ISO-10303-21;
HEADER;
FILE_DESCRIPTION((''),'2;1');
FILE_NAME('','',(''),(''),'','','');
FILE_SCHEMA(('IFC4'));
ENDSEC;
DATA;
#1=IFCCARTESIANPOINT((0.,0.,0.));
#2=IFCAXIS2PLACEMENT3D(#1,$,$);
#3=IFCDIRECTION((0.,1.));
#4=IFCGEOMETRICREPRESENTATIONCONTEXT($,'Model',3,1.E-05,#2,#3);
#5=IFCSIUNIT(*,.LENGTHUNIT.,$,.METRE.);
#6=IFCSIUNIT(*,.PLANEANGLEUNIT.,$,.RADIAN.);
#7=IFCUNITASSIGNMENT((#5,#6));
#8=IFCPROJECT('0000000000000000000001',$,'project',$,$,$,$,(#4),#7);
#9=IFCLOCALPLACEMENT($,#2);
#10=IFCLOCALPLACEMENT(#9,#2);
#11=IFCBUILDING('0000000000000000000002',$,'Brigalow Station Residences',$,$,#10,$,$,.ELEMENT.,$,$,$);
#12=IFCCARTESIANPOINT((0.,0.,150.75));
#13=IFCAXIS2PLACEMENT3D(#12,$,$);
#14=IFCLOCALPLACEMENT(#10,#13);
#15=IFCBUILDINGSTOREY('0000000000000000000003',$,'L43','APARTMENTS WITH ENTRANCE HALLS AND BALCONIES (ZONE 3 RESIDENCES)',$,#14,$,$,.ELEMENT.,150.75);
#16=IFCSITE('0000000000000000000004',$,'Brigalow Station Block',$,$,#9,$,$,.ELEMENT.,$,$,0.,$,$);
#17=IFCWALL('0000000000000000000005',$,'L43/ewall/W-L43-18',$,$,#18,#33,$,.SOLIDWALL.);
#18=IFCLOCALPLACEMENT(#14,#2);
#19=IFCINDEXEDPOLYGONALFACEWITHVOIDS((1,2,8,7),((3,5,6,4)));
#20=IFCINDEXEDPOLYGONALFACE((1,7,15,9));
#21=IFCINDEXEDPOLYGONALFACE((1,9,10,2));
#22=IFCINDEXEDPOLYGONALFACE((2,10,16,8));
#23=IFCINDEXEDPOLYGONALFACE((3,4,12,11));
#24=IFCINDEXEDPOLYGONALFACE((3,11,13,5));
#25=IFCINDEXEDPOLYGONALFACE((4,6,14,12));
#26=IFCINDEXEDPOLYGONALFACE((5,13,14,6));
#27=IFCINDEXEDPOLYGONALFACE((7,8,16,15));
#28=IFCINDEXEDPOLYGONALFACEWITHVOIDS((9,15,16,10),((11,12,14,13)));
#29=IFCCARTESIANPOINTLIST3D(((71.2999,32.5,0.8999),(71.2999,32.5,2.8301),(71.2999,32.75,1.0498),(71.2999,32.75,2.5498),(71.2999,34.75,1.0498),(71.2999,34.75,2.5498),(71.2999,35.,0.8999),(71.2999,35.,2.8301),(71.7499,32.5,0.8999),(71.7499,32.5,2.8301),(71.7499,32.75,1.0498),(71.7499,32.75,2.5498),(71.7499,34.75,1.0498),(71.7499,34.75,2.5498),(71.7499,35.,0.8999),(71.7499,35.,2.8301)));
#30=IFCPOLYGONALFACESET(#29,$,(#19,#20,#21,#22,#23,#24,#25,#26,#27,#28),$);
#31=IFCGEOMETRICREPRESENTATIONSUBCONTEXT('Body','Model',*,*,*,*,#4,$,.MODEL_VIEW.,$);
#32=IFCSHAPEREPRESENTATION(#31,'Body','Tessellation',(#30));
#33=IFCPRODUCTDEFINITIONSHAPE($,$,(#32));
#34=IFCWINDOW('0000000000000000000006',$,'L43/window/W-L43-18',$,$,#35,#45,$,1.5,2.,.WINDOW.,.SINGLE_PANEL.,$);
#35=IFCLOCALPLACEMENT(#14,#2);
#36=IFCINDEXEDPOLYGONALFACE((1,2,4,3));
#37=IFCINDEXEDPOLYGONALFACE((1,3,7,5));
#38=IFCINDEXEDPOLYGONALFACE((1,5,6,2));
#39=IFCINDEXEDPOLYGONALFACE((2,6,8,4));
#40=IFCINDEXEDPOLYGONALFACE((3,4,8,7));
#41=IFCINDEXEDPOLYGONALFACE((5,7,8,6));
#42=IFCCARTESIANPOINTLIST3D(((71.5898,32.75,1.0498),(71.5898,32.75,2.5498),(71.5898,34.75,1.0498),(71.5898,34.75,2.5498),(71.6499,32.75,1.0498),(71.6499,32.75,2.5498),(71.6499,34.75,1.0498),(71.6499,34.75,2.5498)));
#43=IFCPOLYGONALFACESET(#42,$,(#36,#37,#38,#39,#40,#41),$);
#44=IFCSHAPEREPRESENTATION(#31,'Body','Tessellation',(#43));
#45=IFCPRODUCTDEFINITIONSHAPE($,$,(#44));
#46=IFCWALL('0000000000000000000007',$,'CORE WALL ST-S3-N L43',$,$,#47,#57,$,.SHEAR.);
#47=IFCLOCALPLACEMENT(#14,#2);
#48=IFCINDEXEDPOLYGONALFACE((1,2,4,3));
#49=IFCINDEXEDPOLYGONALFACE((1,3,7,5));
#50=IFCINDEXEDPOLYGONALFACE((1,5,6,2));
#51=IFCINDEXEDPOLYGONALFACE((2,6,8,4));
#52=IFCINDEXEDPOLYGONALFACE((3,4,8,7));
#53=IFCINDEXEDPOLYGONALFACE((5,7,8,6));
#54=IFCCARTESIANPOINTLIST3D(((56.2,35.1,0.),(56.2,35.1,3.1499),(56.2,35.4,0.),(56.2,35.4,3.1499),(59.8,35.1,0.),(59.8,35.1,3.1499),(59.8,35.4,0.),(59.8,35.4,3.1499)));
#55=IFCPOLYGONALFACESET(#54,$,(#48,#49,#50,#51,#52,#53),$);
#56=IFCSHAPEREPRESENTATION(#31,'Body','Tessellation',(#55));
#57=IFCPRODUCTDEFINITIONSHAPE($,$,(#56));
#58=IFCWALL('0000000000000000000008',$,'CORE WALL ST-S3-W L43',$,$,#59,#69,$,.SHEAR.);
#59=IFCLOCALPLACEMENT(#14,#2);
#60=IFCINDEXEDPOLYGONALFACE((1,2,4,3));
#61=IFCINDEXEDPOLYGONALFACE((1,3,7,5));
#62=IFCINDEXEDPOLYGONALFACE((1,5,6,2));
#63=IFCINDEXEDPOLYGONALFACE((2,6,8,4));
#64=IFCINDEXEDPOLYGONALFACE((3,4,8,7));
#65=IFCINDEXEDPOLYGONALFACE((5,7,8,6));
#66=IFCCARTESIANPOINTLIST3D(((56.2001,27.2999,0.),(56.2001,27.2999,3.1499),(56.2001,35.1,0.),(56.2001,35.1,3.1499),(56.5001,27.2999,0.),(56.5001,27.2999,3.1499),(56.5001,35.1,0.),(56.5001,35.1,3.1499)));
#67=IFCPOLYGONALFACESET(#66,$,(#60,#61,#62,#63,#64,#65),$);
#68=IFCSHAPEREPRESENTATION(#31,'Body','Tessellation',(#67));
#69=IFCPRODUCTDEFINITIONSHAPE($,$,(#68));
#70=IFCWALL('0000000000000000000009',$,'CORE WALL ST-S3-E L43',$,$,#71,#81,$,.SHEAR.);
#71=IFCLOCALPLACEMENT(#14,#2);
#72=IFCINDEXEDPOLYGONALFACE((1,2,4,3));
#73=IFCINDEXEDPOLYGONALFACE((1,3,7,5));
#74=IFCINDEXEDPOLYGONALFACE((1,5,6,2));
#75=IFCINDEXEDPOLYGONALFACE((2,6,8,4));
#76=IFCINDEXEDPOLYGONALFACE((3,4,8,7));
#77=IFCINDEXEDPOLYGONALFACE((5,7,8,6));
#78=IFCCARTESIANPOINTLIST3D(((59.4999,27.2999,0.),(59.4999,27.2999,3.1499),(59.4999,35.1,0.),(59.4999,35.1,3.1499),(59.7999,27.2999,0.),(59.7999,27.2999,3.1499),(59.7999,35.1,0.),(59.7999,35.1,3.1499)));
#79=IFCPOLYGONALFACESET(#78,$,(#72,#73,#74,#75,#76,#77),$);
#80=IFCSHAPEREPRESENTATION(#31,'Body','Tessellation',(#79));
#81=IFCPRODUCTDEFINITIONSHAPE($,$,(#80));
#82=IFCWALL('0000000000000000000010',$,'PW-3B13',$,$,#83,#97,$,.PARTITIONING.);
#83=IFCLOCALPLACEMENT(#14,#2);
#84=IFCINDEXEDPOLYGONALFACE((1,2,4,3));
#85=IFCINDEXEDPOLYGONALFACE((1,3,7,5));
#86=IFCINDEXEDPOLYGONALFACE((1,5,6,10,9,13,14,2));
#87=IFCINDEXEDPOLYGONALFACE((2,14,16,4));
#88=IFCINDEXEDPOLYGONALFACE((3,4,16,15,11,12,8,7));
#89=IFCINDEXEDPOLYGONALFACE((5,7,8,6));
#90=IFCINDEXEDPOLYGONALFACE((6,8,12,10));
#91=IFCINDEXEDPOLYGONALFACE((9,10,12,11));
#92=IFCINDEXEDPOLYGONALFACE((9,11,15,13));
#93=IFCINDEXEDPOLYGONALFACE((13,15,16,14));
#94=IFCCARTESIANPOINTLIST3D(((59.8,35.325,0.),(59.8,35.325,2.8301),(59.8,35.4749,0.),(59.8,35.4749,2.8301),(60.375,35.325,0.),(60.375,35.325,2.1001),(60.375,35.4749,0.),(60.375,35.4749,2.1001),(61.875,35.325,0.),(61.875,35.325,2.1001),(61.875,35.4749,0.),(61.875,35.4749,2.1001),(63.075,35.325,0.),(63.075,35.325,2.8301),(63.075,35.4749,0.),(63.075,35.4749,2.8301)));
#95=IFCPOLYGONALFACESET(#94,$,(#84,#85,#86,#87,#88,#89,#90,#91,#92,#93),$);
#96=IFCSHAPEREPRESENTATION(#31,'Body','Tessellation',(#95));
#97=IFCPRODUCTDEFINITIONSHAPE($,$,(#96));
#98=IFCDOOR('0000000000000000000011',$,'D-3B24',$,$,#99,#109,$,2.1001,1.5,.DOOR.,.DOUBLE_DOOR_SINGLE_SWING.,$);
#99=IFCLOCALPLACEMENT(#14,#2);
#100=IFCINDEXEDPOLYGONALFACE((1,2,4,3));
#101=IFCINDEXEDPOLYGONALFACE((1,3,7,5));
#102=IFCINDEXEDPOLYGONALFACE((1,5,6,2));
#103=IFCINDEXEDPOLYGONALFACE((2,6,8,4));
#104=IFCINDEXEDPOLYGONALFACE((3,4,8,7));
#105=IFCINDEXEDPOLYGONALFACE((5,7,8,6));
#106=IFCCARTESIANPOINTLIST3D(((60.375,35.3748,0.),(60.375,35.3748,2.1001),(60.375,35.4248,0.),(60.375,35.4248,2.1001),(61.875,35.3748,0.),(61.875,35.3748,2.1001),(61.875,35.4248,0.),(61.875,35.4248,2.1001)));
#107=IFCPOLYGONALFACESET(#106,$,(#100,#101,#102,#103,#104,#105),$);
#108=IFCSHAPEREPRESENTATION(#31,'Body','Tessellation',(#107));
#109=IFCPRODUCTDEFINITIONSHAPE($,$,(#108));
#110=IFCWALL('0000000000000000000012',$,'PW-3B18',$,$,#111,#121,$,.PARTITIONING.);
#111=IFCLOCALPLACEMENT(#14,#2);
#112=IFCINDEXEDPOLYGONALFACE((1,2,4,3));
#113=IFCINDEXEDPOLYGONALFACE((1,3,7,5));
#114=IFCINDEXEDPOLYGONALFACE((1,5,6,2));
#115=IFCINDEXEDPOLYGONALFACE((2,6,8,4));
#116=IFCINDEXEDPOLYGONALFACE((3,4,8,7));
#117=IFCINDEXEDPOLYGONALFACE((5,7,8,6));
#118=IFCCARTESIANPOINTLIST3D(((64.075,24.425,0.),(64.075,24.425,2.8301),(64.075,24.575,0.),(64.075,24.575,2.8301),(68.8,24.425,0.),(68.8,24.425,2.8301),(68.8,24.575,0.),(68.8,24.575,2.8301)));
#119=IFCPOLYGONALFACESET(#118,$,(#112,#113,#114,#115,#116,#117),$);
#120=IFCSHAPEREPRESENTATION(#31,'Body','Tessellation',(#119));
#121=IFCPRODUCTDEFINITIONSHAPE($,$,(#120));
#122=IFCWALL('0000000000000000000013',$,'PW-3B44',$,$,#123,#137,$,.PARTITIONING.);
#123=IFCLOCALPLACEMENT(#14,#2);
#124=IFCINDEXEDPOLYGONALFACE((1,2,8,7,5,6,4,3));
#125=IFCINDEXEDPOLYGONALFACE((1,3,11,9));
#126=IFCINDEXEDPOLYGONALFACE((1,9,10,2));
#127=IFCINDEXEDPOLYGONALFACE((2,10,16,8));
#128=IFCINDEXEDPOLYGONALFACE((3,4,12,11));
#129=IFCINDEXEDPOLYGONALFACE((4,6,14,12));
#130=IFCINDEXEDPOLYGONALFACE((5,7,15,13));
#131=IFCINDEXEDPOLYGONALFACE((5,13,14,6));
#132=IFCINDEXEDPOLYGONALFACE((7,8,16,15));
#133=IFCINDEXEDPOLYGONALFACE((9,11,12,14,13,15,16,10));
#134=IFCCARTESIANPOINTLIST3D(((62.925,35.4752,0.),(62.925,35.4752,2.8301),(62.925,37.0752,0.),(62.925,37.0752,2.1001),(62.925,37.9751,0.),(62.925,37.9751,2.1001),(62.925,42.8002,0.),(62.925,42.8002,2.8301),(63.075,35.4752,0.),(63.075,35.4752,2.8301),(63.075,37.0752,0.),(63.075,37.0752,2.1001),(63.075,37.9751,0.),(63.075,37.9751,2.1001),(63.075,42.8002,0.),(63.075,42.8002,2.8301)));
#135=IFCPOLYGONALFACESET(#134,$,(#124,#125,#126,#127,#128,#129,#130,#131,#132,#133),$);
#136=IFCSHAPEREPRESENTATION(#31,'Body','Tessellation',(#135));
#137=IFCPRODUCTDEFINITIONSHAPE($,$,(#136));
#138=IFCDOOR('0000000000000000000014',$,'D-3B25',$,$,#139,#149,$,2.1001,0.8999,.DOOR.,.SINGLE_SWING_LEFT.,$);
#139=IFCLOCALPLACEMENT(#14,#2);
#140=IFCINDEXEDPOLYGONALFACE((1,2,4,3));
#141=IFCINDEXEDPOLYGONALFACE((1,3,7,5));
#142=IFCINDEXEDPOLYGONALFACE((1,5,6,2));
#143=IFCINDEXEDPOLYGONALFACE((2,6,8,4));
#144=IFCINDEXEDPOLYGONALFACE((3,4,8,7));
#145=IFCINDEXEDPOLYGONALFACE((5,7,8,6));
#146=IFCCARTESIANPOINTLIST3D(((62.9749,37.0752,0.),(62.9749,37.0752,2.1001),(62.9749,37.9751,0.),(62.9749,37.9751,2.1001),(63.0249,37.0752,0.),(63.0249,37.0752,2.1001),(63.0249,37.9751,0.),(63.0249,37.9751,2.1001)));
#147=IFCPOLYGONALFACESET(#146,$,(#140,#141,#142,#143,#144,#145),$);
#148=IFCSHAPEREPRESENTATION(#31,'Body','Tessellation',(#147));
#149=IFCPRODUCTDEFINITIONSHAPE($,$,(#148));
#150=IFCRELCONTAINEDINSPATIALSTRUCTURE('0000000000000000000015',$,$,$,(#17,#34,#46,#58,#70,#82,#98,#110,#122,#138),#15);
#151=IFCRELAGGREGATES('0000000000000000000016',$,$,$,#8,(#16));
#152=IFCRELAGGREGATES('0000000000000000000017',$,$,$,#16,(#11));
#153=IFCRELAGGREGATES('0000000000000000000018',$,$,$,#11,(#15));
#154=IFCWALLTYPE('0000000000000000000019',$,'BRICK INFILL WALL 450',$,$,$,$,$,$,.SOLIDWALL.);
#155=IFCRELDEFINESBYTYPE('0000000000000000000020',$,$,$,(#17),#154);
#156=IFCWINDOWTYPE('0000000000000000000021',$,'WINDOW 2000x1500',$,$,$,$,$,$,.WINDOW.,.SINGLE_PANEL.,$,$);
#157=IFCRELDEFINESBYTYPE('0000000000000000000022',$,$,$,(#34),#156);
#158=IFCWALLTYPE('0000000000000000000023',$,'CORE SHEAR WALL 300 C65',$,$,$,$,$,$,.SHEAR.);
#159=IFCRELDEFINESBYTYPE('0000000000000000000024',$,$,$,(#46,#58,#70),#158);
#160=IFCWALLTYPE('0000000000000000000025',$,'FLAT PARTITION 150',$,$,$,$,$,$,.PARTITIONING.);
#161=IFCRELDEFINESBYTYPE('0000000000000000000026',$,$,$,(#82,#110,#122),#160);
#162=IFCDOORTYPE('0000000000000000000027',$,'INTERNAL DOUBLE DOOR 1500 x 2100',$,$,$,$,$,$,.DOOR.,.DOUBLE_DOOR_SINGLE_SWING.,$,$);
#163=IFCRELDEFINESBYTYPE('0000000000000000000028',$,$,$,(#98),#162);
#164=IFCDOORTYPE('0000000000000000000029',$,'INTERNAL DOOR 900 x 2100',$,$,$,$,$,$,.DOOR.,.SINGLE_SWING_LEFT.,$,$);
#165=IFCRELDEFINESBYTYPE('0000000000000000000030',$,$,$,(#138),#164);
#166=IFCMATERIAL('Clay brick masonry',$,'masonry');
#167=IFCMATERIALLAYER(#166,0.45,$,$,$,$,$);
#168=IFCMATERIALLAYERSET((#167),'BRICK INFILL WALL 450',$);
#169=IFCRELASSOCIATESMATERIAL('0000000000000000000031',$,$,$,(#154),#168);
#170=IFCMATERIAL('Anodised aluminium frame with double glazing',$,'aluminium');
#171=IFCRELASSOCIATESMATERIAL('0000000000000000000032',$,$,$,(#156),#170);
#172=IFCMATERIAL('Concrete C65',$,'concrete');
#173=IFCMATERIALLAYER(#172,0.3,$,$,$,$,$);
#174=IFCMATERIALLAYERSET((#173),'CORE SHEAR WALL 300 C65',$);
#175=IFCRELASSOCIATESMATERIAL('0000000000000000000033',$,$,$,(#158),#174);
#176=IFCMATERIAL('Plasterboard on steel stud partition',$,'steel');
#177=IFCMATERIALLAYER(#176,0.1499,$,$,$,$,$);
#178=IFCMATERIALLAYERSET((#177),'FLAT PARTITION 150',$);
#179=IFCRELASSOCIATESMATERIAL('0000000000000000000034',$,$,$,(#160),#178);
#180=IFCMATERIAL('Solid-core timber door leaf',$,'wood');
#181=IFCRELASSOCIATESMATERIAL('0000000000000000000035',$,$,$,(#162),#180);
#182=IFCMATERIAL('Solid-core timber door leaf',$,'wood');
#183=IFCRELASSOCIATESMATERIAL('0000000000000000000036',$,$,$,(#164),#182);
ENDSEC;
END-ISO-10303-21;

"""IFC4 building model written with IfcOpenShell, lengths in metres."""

from ifc_helpers import new_model, si_unit, direction, frame, frame_2d, origin, place, context, subcontext, project, spatial, rectangle, extrude, material, layer, layer_set, type_object, element, fill, save


model = new_model("IFC4")

# Units and contexts
model_context = context("Model", 3, precision=1e-05, world=origin(), true_north=direction((0.0, 1.0)))
body_context = subcontext(model_context, "Body", "Model", "MODEL_VIEW")
ifc_project = project(units=[si_unit("LENGTHUNIT", "METRE"), si_unit("PLANEANGLEUNIT", "RADIAN")], contexts=[model_context])

# Site, building, storey
site_placement = place(None, origin())
site = spatial("IfcSite", under=ifc_project, at=site_placement, Name="Brigalow Station Block", CompositionType="ELEMENT", RefElevation=0.0)
building_placement = place(site_placement, origin())
building = spatial("IfcBuilding", under=site, at=building_placement, Name="Brigalow Station Residences", CompositionType="ELEMENT")
storey_placement = place(building_placement, frame((0.0, 0.0, 150.75)))
storey = spatial("IfcBuildingStorey", under=building, at=storey_placement, Name="L43", Description="APARTMENTS WITH ENTRANCE HALLS AND BALCONIES (ZONE 3 RESIDENCES)", CompositionType="ELEMENT", Elevation=150.75)

# Shared definitions
ifc_material_1 = material(Name="Clay brick masonry", Category="masonry")
ifc_layer_1 = layer(ifc_material_1, 0.45)
ifc_layer_set_1 = layer_set([ifc_layer_1], Name="BRICK INFILL WALL 450")
wall_type_1 = type_object("IfcWallType", Name="BRICK INFILL WALL 450", PredefinedType="SOLIDWALL", material=ifc_layer_set_1)

# Wall, opening, window
wall_1_placement = place(storey_placement, frame((71.5249, 32.5, 0.8999), z_axis=(0.0, 0.0, 1.0), x_axis=(0.0, 1.0, 0.0)))
wall_1 = element("IfcWall", 1, at=wall_1_placement, inside=storey, type_object=wall_type_1, Name="L43/ewall/W-L43-18", PredefinedType="SOLIDWALL", context=body_context, shape_type="SweptSolid", body=[
    extrude(rectangle(XDim=2.5, YDim=0.45, at=frame_2d((1.25, 0.0))), origin(), (0.0, 0.0, 1.0), 1.9302),
])
opening_1_placement = place(wall_1_placement, frame((0.25, 0.0, 0.1499)))
opening_1 = element("IfcOpeningElement", 2, at=opening_1_placement, cuts=wall_1, PredefinedType="OPENING", context=body_context, shape_type="SweptSolid", body=[
    extrude(rectangle(XDim=2.0, YDim=1.5, at=frame_2d((1.0, 0.75))), frame((0.0, 0.2349, 0.0), z_axis=(0.0, -1.0, 0.0), x_axis=(1.0, 0.0, 0.0)), (0.0, 0.0, 1.0), 0.47),
])
ifc_material_2 = material(Name="Anodised aluminium frame with double glazing", Category="aluminium")
window_type_1 = type_object("IfcWindowType", Name="WINDOW 2000x1500", PartitioningType="SINGLE_PANEL", PredefinedType="WINDOW", material=ifc_material_2)
window_1_placement = place(opening_1_placement, origin())
window_1 = element("IfcWindow", 3, at=window_1_placement, inside=storey, type_object=window_type_1, Name="L43/window/W-L43-18", OverallHeight=1.5, OverallWidth=2.0, PartitioningType="SINGLE_PANEL", PredefinedType="WINDOW", context=body_context, shape_type="SweptSolid", body=[
    extrude(rectangle(XDim=2.0, YDim=1.5, at=frame_2d((1.0, 0.75))), frame((0.0, -0.0649, 0.0), z_axis=(0.0, -1.0, 0.0), x_axis=(1.0, 0.0, 0.0)), (0.0, 0.0, 1.0), 0.0601),
])
fill(opening_1, window_1)

# Walls
ifc_material_3 = material(Name="Concrete C65", Category="concrete")
ifc_layer_2 = layer(ifc_material_3, 0.3)
ifc_layer_set_2 = layer_set([ifc_layer_2], Name="CORE SHEAR WALL 300 C65")
wall_type_2 = type_object("IfcWallType", Name="CORE SHEAR WALL 300 C65", PredefinedType="SHEAR", material=ifc_layer_set_2)
wall_2_placement = place(storey_placement, frame((56.2, 35.25, 0.0), z_axis=(0.0, 0.0, 1.0), x_axis=(1.0, 0.0, 0.0)))
element("IfcWall", 4, at=wall_2_placement, inside=storey, type_object=wall_type_2, Name="CORE WALL ST-S3-N L43", PredefinedType="SHEAR", context=body_context, shape_type="SweptSolid", body=[
    extrude(rectangle(XDim=3.6001, YDim=0.3, at=frame_2d((1.8, 0.0))), origin(), (0.0, 0.0, 1.0), 3.1499),
])
for number, where, z_axis, x_axis, name in (
    (5, (56.3501, 27.3, 0.0), (0.0, 0.0, 1.0), (0.0, 1.0, 0.0), "CORE WALL ST-S3-W L43"),
    (6, (59.6499, 27.3, 0.0), (0.0, 0.0, 1.0), (0.0, 1.0, 0.0), "CORE WALL ST-S3-E L43"),
):
    element("IfcWall", number, at=place(storey_placement, frame(where, z_axis=z_axis, x_axis=x_axis)), inside=storey, type_object=wall_type_2, Name=name, PredefinedType="SHEAR", context=body_context, shape_type="SweptSolid", body=[
        extrude(rectangle(XDim=7.8, YDim=0.3, at=frame_2d((3.8999, 0.0))), origin(), (0.0, 0.0, 1.0), 3.1499),
    ])

# Wall, opening, door
ifc_material_4 = material(Name="Plasterboard on steel stud partition", Category="steel")
ifc_layer_3 = layer(ifc_material_4, 0.1499)
ifc_layer_set_3 = layer_set([ifc_layer_3], Name="FLAT PARTITION 150")
wall_type_3 = type_object("IfcWallType", Name="FLAT PARTITION 150", PredefinedType="PARTITIONING", material=ifc_layer_set_3)
wall_3_placement = place(storey_placement, frame((59.8, 35.3999, 0.0), z_axis=(0.0, 0.0, 1.0), x_axis=(1.0, 0.0, 0.0)))
wall_3 = element("IfcWall", 7, at=wall_3_placement, inside=storey, type_object=wall_type_3, Name="PW-3B13", PredefinedType="PARTITIONING", context=body_context, shape_type="SweptSolid", body=[
    extrude(rectangle(XDim=3.2749, YDim=0.1499, at=frame_2d((1.6375, 0.0))), origin(), (0.0, 0.0, 1.0), 2.8301),
])
opening_2_placement = place(wall_3_placement, frame((0.575, 0.0, 0.0)))
opening_2 = element("IfcOpeningElement", 8, at=opening_2_placement, cuts=wall_3, PredefinedType="OPENING", context=body_context, shape_type="SweptSolid", body=[
    extrude(rectangle(XDim=1.5, YDim=2.1001, at=frame_2d((0.75, 1.05))), frame((0.0, 0.085, 0.0), z_axis=(0.0, -1.0, 0.0), x_axis=(1.0, 0.0, 0.0)), (0.0, 0.0, 1.0), 0.1699),
])
ifc_material_5 = material(Name="Solid-core timber door leaf", Category="wood")
door_type_1 = type_object("IfcDoorType", Name="INTERNAL DOUBLE DOOR 1500 x 2100", OperationType="DOUBLE_DOOR_SINGLE_SWING", PredefinedType="DOOR", material=ifc_material_5)
door_1_placement = place(opening_2_placement, origin())
door_1 = element("IfcDoor", 9, at=door_1_placement, inside=storey, type_object=door_type_1, Name="D-3B24", OperationType="DOUBLE_DOOR_SINGLE_SWING", OverallHeight=2.1001, OverallWidth=1.5, PredefinedType="DOOR", context=body_context, shape_type="SweptSolid", body=[
    extrude(rectangle(XDim=1.5, YDim=2.1001, at=frame_2d((0.75, 1.05))), frame((0.0, 0.0249, 0.0), z_axis=(0.0, -1.0, 0.0), x_axis=(1.0, 0.0, 0.0)), (0.0, 0.0, 1.0), 0.05),
])
fill(opening_2, door_1)

# Wall
wall_4_placement = place(storey_placement, frame((64.075, 24.5, 0.0), z_axis=(0.0, 0.0, 1.0), x_axis=(1.0, 0.0, 0.0)))
element("IfcWall", 10, at=wall_4_placement, inside=storey, type_object=wall_type_3, Name="PW-3B18", PredefinedType="PARTITIONING", context=body_context, shape_type="SweptSolid", body=[
    extrude(rectangle(XDim=4.7251, YDim=0.1499, at=frame_2d((2.3625, 0.0))), origin(), (0.0, 0.0, 1.0), 2.8301),
])

# Wall, opening, door
wall_5_placement = place(storey_placement, frame((63.0, 35.4751, 0.0), z_axis=(0.0, 0.0, 1.0), x_axis=(0.0, 1.0, 0.0)))
wall_5 = element("IfcWall", 11, at=wall_5_placement, inside=storey, type_object=wall_type_3, Name="PW-3B44", PredefinedType="PARTITIONING", context=body_context, shape_type="SweptSolid", body=[
    extrude(rectangle(XDim=7.325, YDim=0.1499, at=frame_2d((3.6626, 0.0))), origin(), (0.0, 0.0, 1.0), 2.8301),
])
opening_3_placement = place(wall_5_placement, frame((1.6001, 0.0, 0.0)))
opening_3 = element("IfcOpeningElement", 12, at=opening_3_placement, cuts=wall_5, PredefinedType="OPENING", context=body_context, shape_type="SweptSolid", body=[
    extrude(rectangle(XDim=0.8999, YDim=2.1001, at=frame_2d((0.45, 1.05))), frame((0.0, 0.085, 0.0), z_axis=(0.0, -1.0, 0.0), x_axis=(1.0, 0.0, 0.0)), (0.0, 0.0, 1.0), 0.1699),
])
ifc_material_6 = material(Name="Solid-core timber door leaf", Category="wood")
door_type_2 = type_object("IfcDoorType", Name="INTERNAL DOOR 900 x 2100", OperationType="SINGLE_SWING_LEFT", PredefinedType="DOOR", material=ifc_material_6)
door_2_placement = place(opening_3_placement, frame((0.8999, 0.0, 0.0), z_axis=(0.0, 0.0, 1.0), x_axis=(-1.0, 0.0, 0.0)))
door_2 = element("IfcDoor", 13, at=door_2_placement, inside=storey, type_object=door_type_2, Name="D-3B25", OperationType="SINGLE_SWING_LEFT", OverallHeight=2.1001, OverallWidth=0.8999, PredefinedType="DOOR", context=body_context, shape_type="SweptSolid", body=[
    extrude(rectangle(XDim=0.8999, YDim=2.1001, at=frame_2d((0.45, 1.05))), frame((0.0, 0.0249, 0.0), z_axis=(0.0, -1.0, 0.0), x_axis=(1.0, 0.0, 0.0)), (0.0, 0.0, 1.0), 0.05),
])
fill(opening_3, door_2)

save(model, "model.ifc")
